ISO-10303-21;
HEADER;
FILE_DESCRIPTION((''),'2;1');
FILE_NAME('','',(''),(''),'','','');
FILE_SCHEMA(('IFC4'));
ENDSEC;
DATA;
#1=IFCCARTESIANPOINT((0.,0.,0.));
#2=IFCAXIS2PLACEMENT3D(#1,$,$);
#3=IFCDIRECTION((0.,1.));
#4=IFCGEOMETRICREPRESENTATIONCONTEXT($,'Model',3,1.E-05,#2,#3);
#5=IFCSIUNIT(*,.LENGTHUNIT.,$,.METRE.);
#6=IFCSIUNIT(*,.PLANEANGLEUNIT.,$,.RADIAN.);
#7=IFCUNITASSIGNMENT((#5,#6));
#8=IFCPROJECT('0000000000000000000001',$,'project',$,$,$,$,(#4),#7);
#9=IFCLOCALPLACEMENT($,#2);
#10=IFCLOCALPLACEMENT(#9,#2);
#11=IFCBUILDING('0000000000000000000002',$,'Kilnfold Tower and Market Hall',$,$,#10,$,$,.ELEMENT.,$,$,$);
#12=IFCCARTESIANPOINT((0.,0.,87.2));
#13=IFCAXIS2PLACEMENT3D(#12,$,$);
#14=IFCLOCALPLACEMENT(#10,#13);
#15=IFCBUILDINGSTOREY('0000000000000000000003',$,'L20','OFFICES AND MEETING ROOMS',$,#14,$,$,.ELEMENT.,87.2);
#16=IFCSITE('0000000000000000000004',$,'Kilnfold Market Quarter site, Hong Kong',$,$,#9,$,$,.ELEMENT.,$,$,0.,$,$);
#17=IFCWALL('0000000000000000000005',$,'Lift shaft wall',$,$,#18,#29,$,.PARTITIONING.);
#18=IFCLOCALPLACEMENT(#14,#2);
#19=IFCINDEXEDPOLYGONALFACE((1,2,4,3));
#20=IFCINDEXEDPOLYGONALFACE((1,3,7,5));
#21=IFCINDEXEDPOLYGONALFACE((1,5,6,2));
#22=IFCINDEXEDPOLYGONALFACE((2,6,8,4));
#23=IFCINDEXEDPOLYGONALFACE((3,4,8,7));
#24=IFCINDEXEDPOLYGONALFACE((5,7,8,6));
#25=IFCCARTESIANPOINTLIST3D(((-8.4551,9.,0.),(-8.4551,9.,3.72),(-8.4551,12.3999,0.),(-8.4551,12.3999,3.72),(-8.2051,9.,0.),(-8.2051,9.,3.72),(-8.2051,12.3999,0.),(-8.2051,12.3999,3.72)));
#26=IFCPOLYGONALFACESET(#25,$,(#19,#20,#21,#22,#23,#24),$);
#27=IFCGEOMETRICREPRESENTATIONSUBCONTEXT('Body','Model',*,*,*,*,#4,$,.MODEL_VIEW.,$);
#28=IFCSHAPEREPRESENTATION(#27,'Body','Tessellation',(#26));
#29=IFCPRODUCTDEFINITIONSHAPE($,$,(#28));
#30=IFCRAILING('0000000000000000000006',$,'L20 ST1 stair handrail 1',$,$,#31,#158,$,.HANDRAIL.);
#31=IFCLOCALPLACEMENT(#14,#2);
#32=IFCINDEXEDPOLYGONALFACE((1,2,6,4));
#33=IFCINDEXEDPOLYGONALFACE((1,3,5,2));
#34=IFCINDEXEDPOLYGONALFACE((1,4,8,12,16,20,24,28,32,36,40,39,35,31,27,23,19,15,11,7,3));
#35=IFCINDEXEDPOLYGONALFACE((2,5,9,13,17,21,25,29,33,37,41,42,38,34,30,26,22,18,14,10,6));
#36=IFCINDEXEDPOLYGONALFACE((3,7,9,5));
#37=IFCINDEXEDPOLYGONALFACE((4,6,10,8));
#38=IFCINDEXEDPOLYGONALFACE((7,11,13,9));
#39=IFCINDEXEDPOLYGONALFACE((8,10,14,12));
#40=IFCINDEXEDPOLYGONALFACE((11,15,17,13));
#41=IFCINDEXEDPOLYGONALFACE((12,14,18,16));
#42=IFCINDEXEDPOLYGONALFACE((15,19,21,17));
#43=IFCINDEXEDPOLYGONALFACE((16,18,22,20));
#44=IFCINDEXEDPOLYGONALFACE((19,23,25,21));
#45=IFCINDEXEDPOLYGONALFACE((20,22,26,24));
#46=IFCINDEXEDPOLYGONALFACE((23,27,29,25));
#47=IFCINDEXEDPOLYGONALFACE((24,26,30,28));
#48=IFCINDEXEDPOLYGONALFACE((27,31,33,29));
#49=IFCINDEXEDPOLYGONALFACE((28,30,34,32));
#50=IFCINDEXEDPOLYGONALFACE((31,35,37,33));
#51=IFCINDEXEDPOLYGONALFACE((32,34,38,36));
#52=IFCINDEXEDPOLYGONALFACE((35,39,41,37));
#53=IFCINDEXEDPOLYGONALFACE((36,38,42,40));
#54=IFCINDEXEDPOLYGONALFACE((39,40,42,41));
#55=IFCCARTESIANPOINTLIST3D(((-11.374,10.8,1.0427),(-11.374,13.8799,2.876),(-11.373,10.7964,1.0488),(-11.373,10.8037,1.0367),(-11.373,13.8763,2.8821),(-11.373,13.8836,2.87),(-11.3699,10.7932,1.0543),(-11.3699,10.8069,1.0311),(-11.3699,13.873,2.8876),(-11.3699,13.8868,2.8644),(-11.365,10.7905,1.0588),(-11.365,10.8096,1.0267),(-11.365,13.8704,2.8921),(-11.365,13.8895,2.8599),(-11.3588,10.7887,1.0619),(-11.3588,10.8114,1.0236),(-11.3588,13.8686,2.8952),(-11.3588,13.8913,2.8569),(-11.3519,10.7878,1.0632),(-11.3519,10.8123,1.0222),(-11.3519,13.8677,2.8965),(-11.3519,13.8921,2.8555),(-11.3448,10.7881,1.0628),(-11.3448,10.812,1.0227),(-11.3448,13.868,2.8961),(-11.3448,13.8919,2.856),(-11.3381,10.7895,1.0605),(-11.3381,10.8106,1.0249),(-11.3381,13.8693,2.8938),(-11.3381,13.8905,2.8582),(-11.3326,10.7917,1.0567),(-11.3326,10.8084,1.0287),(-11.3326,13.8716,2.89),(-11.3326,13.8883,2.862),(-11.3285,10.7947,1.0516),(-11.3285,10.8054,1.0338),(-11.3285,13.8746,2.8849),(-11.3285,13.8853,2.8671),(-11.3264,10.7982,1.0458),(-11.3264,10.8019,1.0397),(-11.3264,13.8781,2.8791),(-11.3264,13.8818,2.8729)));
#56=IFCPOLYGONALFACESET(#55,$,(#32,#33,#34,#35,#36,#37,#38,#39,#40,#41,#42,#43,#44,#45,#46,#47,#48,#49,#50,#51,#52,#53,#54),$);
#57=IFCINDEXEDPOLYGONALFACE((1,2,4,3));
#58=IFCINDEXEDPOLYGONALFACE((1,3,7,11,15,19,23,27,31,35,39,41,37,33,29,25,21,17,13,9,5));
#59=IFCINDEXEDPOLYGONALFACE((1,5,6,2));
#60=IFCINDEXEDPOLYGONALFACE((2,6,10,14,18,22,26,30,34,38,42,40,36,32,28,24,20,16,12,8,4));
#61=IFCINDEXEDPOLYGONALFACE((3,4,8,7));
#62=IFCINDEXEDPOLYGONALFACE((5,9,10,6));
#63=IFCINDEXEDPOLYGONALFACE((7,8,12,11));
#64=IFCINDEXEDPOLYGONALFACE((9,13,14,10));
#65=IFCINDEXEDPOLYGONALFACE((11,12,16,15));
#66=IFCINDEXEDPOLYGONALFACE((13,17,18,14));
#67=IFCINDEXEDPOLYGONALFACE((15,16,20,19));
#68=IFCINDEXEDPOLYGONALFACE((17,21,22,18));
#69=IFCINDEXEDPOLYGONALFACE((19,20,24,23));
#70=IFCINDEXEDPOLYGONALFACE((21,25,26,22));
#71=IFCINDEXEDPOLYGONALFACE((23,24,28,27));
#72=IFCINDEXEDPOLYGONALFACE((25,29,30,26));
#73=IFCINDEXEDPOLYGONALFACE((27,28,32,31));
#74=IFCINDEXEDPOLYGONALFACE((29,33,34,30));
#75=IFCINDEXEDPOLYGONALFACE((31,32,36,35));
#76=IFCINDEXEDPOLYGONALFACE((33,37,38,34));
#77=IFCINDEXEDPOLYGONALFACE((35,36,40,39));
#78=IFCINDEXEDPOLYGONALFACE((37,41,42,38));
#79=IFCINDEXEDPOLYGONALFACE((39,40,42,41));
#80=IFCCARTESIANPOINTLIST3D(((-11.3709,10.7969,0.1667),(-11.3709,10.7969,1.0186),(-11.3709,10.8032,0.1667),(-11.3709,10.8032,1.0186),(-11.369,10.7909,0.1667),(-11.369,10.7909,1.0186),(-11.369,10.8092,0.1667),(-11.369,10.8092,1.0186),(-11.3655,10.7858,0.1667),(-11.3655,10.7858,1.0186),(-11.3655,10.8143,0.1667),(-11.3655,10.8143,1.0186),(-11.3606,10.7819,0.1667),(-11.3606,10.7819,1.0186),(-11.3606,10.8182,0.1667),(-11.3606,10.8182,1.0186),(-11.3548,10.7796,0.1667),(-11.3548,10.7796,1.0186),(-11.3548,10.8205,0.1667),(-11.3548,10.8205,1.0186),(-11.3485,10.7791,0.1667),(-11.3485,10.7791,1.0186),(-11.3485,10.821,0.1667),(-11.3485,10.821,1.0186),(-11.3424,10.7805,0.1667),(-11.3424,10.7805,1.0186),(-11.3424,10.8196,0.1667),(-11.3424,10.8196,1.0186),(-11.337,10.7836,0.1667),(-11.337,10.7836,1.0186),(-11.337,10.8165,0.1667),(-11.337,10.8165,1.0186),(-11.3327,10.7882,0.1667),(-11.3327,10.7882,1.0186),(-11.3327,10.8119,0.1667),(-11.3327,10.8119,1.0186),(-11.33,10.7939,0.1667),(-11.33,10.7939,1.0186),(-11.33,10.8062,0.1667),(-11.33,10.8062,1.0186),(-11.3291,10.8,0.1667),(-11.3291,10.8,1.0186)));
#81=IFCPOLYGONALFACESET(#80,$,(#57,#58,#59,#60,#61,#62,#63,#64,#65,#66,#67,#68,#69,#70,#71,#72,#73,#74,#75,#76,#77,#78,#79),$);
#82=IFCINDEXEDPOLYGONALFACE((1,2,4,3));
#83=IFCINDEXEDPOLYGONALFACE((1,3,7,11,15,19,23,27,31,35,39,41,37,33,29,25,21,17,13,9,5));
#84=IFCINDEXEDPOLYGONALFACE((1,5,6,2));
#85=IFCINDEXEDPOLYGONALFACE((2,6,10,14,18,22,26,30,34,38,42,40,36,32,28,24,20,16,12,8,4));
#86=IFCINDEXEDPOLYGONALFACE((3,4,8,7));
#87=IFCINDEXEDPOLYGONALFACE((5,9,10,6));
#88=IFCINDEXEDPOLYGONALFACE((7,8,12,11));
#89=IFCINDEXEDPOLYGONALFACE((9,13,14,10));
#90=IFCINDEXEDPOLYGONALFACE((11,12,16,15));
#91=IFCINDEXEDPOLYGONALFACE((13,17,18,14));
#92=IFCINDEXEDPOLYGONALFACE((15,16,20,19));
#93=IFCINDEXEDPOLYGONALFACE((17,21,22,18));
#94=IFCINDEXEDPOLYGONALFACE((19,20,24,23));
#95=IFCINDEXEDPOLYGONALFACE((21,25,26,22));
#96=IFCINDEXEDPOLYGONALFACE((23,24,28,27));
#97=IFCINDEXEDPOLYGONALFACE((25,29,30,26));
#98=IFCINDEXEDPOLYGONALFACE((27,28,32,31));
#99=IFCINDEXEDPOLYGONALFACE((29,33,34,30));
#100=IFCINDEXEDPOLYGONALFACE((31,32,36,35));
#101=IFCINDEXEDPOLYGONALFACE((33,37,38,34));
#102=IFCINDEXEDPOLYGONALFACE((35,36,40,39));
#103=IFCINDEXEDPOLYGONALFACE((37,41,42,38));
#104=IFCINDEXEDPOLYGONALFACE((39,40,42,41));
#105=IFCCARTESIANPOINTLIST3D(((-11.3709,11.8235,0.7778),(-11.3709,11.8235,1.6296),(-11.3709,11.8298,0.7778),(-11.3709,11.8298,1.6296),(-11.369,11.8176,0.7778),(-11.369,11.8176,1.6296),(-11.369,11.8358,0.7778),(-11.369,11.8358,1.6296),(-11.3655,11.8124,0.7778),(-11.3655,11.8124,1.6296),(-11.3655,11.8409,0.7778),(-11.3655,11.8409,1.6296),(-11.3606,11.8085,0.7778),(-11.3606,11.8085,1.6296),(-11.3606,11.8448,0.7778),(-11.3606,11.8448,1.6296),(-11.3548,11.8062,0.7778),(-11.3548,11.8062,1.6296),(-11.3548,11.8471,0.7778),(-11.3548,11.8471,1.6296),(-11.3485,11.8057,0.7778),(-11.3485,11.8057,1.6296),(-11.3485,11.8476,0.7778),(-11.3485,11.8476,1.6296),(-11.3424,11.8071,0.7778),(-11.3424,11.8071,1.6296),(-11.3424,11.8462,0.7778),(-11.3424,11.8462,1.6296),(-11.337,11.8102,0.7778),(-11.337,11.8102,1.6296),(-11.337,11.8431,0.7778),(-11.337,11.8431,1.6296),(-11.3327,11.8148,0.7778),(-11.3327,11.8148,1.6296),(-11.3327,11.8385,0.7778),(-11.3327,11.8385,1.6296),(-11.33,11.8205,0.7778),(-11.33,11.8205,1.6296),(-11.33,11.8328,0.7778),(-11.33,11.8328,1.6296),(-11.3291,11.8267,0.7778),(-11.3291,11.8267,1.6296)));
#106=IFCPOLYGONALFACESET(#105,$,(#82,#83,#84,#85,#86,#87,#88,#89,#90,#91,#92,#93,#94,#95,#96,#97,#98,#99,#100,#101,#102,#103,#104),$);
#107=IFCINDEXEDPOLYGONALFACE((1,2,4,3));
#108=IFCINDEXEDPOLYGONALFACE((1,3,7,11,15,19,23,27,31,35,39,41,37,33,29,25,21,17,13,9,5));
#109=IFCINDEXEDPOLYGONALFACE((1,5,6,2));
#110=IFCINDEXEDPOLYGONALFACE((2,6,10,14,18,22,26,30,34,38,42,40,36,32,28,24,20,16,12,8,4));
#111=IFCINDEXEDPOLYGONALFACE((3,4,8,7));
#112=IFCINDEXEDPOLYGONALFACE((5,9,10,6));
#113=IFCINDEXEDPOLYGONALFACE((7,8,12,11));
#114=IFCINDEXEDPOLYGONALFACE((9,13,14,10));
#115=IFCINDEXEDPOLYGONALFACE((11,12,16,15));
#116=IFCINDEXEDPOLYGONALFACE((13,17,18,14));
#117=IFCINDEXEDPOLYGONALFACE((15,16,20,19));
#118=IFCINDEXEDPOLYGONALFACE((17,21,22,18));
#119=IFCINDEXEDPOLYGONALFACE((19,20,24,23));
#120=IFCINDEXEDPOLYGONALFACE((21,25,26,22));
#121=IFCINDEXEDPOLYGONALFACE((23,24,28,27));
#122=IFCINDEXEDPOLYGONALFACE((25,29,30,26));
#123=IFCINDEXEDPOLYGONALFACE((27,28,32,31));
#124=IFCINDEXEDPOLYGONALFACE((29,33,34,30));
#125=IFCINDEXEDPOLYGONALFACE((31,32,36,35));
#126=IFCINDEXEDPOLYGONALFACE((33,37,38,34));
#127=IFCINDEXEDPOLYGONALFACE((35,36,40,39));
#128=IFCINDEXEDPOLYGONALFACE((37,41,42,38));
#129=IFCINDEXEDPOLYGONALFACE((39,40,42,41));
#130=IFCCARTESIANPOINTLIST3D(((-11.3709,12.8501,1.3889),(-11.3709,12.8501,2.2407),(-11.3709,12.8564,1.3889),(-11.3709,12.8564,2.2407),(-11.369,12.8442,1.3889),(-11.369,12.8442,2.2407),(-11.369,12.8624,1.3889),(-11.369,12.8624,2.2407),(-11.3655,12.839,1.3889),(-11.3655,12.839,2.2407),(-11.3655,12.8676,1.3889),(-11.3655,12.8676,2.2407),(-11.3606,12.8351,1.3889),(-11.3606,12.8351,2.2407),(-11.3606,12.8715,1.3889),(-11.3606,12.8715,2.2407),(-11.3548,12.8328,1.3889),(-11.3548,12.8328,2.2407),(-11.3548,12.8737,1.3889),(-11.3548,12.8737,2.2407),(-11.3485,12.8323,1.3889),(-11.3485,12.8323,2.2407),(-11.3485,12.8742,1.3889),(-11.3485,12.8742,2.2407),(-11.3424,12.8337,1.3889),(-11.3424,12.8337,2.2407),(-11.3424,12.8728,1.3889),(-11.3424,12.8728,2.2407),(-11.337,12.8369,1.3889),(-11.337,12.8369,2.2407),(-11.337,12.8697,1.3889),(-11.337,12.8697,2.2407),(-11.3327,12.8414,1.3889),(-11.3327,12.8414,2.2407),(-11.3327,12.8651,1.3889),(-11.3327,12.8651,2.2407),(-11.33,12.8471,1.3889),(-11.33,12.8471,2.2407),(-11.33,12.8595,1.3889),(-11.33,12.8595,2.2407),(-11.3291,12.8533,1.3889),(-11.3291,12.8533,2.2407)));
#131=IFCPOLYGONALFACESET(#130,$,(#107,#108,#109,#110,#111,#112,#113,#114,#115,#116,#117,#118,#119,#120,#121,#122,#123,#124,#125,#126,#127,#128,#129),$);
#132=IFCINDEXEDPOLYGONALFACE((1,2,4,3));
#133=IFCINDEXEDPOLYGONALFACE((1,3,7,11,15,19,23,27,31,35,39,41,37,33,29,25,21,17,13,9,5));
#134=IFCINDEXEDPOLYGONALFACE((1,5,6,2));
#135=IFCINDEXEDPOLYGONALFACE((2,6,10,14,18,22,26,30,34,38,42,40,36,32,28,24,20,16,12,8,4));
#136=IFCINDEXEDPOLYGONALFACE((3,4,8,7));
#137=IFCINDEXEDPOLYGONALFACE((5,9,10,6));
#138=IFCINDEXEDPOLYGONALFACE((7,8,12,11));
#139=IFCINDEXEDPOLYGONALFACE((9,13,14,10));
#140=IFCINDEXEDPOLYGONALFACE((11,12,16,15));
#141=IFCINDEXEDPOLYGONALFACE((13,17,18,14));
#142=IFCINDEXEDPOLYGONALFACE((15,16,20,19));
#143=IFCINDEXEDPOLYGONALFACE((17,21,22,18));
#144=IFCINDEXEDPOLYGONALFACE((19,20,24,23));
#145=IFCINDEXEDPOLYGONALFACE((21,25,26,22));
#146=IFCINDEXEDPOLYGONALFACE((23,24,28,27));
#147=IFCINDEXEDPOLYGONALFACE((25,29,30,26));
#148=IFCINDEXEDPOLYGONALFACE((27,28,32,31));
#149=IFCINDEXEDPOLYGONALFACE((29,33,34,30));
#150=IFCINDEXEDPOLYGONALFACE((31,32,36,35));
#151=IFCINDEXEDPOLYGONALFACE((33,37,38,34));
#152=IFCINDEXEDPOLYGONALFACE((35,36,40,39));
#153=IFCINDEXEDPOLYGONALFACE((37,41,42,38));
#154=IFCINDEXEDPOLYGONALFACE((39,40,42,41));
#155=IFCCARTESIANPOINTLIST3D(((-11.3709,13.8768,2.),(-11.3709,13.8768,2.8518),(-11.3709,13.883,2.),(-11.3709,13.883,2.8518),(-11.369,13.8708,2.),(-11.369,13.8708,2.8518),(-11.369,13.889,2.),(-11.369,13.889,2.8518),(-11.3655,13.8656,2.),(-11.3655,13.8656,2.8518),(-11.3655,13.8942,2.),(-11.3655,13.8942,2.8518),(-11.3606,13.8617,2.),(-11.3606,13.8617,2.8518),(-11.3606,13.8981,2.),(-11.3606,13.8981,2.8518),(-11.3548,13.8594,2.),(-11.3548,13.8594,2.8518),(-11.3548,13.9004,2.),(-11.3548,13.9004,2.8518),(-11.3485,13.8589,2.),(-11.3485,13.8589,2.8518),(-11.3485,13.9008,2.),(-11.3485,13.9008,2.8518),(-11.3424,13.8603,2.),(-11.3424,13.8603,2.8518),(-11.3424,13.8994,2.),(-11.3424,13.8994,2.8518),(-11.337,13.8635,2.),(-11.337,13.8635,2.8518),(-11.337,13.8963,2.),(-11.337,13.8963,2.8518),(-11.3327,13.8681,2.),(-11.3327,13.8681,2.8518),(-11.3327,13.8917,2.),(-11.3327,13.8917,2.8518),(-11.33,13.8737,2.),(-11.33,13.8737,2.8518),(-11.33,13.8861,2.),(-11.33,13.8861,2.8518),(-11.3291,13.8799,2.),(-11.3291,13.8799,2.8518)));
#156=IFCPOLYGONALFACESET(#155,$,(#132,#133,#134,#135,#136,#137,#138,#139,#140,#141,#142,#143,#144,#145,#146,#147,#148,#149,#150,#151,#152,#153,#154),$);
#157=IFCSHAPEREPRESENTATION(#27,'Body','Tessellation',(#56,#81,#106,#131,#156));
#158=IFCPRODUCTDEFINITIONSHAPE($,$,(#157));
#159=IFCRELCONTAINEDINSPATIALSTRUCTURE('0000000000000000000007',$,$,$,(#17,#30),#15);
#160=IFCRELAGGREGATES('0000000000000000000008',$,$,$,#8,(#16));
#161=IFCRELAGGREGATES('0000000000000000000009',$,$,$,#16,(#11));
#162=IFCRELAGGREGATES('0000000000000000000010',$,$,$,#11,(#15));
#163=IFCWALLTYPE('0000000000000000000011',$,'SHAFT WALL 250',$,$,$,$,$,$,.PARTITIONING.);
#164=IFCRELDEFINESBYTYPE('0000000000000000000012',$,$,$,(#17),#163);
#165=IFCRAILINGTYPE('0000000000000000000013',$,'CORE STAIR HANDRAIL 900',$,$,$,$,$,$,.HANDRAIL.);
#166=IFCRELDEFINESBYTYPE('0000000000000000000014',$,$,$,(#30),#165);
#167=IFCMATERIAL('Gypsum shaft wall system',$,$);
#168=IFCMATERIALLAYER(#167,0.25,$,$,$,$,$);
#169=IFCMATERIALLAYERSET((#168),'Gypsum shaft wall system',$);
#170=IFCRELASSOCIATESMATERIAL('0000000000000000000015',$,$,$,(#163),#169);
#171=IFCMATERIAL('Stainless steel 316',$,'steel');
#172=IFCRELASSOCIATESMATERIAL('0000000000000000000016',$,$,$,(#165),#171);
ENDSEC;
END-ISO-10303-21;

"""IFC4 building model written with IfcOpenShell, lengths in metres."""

from ifc_helpers import new_model, si_unit, direction, frame, frame_2d, origin, origin_2d, place, context, subcontext, project, spatial, rectangle, circle, extrude, source, transform, mapped, material, layer, layer_set, type_object, element, save


model = new_model("IFC4")

# Units and contexts
model_context = context("Model", 3, precision=1e-05, world=origin(), true_north=direction((0.0, 1.0)))
body_context = subcontext(model_context, "Body", "Model", "MODEL_VIEW")
ifc_project = project(units=[si_unit("LENGTHUNIT", "METRE"), si_unit("PLANEANGLEUNIT", "RADIAN")], contexts=[model_context])

# Site, building, storey
site_placement = place(None, origin())
site = spatial("IfcSite", under=ifc_project, at=site_placement, Name="Kilnfold Market Quarter site, Hong Kong", CompositionType="ELEMENT", RefElevation=0.0)
building_placement = place(site_placement, origin())
building = spatial("IfcBuilding", under=site, at=building_placement, Name="Kilnfold Tower and Market Hall", CompositionType="ELEMENT")
storey_placement = place(building_placement, frame((0.0, 0.0, 87.2)))
storey = spatial("IfcBuildingStorey", under=building, at=storey_placement, Name="L20", Description="OFFICES AND MEETING ROOMS", CompositionType="ELEMENT", Elevation=87.2)

# Wall
ifc_material_1 = material(Name="Gypsum shaft wall system")
ifc_layer_1 = layer(ifc_material_1, 0.25)
ifc_layer_set_1 = layer_set([ifc_layer_1], Name="Gypsum shaft wall system")
wall_type_1 = type_object("IfcWallType", Name="SHAFT WALL 250", PredefinedType="PARTITIONING", material=ifc_layer_set_1)
shared_shape_1 = source(origin(), body_context, "Body", "SweptSolid", [
    extrude(rectangle(XDim=3.3999, YDim=0.25, at=frame_2d((1.7, 0.0))), origin(), (0.0, 0.0, 1.0), 3.72),
])
for number, where, z_axis, x_axis, name in (
    (1, (-8.3301, 9.0, 0.0), (0.0, 0.0, 1.0), (0.0, 1.0, 0.0), "Lift shaft wall"),
):
    element("IfcWall", number, at=place(storey_placement, frame(where, z_axis=z_axis, x_axis=x_axis)), inside=storey, type_object=wall_type_1, Name=name, PredefinedType="PARTITIONING", context=body_context, shape_type="MappedRepresentation", body=[
        mapped(shared_shape_1, transform((0.0, 0.0, 0.0))),
    ])

# Railing
ifc_material_2 = material(Name="Stainless steel 316", Category="steel")
railing_type_1 = type_object("IfcRailingType", Name="CORE STAIR HANDRAIL 900", PredefinedType="HANDRAIL", material=ifc_material_2)
railing_1_placement = place(storey_placement, frame((-11.3501, 10.8, 0.1667)))
element("IfcRailing", 2, at=railing_1_placement, inside=storey, type_object=railing_type_1, Name="L20 ST1 stair handrail 1", PredefinedType="HANDRAIL", context=body_context, shape_type="SweptSolid", body=[
    extrude(circle(Radius=0.0239, at=origin_2d()), frame((0.0, 0.0, 0.876), z_axis=(0.0, 0.859291, 0.511487), x_axis=(-1.0, 0.0, 0.0)), (0.0, 0.0, 1.0), 3.5842),
    extrude(circle(Radius=0.021, at=origin_2d()), origin(), (0.0, 0.0, 1.0), 0.8518),
    extrude(circle(Radius=0.021, at=origin_2d()), frame((0.0, 1.0266, 0.6111)), (0.0, 0.0, 1.0), 0.8518),
    extrude(circle(Radius=0.021, at=origin_2d()), frame((0.0, 2.0532, 1.2222)), (0.0, 0.0, 1.0), 0.8518),
    extrude(circle(Radius=0.021, at=origin_2d()), frame((0.0, 3.0798, 1.8333)), (0.0, 0.0, 1.0), 0.8518),
])

save(model, "model.ifc")
